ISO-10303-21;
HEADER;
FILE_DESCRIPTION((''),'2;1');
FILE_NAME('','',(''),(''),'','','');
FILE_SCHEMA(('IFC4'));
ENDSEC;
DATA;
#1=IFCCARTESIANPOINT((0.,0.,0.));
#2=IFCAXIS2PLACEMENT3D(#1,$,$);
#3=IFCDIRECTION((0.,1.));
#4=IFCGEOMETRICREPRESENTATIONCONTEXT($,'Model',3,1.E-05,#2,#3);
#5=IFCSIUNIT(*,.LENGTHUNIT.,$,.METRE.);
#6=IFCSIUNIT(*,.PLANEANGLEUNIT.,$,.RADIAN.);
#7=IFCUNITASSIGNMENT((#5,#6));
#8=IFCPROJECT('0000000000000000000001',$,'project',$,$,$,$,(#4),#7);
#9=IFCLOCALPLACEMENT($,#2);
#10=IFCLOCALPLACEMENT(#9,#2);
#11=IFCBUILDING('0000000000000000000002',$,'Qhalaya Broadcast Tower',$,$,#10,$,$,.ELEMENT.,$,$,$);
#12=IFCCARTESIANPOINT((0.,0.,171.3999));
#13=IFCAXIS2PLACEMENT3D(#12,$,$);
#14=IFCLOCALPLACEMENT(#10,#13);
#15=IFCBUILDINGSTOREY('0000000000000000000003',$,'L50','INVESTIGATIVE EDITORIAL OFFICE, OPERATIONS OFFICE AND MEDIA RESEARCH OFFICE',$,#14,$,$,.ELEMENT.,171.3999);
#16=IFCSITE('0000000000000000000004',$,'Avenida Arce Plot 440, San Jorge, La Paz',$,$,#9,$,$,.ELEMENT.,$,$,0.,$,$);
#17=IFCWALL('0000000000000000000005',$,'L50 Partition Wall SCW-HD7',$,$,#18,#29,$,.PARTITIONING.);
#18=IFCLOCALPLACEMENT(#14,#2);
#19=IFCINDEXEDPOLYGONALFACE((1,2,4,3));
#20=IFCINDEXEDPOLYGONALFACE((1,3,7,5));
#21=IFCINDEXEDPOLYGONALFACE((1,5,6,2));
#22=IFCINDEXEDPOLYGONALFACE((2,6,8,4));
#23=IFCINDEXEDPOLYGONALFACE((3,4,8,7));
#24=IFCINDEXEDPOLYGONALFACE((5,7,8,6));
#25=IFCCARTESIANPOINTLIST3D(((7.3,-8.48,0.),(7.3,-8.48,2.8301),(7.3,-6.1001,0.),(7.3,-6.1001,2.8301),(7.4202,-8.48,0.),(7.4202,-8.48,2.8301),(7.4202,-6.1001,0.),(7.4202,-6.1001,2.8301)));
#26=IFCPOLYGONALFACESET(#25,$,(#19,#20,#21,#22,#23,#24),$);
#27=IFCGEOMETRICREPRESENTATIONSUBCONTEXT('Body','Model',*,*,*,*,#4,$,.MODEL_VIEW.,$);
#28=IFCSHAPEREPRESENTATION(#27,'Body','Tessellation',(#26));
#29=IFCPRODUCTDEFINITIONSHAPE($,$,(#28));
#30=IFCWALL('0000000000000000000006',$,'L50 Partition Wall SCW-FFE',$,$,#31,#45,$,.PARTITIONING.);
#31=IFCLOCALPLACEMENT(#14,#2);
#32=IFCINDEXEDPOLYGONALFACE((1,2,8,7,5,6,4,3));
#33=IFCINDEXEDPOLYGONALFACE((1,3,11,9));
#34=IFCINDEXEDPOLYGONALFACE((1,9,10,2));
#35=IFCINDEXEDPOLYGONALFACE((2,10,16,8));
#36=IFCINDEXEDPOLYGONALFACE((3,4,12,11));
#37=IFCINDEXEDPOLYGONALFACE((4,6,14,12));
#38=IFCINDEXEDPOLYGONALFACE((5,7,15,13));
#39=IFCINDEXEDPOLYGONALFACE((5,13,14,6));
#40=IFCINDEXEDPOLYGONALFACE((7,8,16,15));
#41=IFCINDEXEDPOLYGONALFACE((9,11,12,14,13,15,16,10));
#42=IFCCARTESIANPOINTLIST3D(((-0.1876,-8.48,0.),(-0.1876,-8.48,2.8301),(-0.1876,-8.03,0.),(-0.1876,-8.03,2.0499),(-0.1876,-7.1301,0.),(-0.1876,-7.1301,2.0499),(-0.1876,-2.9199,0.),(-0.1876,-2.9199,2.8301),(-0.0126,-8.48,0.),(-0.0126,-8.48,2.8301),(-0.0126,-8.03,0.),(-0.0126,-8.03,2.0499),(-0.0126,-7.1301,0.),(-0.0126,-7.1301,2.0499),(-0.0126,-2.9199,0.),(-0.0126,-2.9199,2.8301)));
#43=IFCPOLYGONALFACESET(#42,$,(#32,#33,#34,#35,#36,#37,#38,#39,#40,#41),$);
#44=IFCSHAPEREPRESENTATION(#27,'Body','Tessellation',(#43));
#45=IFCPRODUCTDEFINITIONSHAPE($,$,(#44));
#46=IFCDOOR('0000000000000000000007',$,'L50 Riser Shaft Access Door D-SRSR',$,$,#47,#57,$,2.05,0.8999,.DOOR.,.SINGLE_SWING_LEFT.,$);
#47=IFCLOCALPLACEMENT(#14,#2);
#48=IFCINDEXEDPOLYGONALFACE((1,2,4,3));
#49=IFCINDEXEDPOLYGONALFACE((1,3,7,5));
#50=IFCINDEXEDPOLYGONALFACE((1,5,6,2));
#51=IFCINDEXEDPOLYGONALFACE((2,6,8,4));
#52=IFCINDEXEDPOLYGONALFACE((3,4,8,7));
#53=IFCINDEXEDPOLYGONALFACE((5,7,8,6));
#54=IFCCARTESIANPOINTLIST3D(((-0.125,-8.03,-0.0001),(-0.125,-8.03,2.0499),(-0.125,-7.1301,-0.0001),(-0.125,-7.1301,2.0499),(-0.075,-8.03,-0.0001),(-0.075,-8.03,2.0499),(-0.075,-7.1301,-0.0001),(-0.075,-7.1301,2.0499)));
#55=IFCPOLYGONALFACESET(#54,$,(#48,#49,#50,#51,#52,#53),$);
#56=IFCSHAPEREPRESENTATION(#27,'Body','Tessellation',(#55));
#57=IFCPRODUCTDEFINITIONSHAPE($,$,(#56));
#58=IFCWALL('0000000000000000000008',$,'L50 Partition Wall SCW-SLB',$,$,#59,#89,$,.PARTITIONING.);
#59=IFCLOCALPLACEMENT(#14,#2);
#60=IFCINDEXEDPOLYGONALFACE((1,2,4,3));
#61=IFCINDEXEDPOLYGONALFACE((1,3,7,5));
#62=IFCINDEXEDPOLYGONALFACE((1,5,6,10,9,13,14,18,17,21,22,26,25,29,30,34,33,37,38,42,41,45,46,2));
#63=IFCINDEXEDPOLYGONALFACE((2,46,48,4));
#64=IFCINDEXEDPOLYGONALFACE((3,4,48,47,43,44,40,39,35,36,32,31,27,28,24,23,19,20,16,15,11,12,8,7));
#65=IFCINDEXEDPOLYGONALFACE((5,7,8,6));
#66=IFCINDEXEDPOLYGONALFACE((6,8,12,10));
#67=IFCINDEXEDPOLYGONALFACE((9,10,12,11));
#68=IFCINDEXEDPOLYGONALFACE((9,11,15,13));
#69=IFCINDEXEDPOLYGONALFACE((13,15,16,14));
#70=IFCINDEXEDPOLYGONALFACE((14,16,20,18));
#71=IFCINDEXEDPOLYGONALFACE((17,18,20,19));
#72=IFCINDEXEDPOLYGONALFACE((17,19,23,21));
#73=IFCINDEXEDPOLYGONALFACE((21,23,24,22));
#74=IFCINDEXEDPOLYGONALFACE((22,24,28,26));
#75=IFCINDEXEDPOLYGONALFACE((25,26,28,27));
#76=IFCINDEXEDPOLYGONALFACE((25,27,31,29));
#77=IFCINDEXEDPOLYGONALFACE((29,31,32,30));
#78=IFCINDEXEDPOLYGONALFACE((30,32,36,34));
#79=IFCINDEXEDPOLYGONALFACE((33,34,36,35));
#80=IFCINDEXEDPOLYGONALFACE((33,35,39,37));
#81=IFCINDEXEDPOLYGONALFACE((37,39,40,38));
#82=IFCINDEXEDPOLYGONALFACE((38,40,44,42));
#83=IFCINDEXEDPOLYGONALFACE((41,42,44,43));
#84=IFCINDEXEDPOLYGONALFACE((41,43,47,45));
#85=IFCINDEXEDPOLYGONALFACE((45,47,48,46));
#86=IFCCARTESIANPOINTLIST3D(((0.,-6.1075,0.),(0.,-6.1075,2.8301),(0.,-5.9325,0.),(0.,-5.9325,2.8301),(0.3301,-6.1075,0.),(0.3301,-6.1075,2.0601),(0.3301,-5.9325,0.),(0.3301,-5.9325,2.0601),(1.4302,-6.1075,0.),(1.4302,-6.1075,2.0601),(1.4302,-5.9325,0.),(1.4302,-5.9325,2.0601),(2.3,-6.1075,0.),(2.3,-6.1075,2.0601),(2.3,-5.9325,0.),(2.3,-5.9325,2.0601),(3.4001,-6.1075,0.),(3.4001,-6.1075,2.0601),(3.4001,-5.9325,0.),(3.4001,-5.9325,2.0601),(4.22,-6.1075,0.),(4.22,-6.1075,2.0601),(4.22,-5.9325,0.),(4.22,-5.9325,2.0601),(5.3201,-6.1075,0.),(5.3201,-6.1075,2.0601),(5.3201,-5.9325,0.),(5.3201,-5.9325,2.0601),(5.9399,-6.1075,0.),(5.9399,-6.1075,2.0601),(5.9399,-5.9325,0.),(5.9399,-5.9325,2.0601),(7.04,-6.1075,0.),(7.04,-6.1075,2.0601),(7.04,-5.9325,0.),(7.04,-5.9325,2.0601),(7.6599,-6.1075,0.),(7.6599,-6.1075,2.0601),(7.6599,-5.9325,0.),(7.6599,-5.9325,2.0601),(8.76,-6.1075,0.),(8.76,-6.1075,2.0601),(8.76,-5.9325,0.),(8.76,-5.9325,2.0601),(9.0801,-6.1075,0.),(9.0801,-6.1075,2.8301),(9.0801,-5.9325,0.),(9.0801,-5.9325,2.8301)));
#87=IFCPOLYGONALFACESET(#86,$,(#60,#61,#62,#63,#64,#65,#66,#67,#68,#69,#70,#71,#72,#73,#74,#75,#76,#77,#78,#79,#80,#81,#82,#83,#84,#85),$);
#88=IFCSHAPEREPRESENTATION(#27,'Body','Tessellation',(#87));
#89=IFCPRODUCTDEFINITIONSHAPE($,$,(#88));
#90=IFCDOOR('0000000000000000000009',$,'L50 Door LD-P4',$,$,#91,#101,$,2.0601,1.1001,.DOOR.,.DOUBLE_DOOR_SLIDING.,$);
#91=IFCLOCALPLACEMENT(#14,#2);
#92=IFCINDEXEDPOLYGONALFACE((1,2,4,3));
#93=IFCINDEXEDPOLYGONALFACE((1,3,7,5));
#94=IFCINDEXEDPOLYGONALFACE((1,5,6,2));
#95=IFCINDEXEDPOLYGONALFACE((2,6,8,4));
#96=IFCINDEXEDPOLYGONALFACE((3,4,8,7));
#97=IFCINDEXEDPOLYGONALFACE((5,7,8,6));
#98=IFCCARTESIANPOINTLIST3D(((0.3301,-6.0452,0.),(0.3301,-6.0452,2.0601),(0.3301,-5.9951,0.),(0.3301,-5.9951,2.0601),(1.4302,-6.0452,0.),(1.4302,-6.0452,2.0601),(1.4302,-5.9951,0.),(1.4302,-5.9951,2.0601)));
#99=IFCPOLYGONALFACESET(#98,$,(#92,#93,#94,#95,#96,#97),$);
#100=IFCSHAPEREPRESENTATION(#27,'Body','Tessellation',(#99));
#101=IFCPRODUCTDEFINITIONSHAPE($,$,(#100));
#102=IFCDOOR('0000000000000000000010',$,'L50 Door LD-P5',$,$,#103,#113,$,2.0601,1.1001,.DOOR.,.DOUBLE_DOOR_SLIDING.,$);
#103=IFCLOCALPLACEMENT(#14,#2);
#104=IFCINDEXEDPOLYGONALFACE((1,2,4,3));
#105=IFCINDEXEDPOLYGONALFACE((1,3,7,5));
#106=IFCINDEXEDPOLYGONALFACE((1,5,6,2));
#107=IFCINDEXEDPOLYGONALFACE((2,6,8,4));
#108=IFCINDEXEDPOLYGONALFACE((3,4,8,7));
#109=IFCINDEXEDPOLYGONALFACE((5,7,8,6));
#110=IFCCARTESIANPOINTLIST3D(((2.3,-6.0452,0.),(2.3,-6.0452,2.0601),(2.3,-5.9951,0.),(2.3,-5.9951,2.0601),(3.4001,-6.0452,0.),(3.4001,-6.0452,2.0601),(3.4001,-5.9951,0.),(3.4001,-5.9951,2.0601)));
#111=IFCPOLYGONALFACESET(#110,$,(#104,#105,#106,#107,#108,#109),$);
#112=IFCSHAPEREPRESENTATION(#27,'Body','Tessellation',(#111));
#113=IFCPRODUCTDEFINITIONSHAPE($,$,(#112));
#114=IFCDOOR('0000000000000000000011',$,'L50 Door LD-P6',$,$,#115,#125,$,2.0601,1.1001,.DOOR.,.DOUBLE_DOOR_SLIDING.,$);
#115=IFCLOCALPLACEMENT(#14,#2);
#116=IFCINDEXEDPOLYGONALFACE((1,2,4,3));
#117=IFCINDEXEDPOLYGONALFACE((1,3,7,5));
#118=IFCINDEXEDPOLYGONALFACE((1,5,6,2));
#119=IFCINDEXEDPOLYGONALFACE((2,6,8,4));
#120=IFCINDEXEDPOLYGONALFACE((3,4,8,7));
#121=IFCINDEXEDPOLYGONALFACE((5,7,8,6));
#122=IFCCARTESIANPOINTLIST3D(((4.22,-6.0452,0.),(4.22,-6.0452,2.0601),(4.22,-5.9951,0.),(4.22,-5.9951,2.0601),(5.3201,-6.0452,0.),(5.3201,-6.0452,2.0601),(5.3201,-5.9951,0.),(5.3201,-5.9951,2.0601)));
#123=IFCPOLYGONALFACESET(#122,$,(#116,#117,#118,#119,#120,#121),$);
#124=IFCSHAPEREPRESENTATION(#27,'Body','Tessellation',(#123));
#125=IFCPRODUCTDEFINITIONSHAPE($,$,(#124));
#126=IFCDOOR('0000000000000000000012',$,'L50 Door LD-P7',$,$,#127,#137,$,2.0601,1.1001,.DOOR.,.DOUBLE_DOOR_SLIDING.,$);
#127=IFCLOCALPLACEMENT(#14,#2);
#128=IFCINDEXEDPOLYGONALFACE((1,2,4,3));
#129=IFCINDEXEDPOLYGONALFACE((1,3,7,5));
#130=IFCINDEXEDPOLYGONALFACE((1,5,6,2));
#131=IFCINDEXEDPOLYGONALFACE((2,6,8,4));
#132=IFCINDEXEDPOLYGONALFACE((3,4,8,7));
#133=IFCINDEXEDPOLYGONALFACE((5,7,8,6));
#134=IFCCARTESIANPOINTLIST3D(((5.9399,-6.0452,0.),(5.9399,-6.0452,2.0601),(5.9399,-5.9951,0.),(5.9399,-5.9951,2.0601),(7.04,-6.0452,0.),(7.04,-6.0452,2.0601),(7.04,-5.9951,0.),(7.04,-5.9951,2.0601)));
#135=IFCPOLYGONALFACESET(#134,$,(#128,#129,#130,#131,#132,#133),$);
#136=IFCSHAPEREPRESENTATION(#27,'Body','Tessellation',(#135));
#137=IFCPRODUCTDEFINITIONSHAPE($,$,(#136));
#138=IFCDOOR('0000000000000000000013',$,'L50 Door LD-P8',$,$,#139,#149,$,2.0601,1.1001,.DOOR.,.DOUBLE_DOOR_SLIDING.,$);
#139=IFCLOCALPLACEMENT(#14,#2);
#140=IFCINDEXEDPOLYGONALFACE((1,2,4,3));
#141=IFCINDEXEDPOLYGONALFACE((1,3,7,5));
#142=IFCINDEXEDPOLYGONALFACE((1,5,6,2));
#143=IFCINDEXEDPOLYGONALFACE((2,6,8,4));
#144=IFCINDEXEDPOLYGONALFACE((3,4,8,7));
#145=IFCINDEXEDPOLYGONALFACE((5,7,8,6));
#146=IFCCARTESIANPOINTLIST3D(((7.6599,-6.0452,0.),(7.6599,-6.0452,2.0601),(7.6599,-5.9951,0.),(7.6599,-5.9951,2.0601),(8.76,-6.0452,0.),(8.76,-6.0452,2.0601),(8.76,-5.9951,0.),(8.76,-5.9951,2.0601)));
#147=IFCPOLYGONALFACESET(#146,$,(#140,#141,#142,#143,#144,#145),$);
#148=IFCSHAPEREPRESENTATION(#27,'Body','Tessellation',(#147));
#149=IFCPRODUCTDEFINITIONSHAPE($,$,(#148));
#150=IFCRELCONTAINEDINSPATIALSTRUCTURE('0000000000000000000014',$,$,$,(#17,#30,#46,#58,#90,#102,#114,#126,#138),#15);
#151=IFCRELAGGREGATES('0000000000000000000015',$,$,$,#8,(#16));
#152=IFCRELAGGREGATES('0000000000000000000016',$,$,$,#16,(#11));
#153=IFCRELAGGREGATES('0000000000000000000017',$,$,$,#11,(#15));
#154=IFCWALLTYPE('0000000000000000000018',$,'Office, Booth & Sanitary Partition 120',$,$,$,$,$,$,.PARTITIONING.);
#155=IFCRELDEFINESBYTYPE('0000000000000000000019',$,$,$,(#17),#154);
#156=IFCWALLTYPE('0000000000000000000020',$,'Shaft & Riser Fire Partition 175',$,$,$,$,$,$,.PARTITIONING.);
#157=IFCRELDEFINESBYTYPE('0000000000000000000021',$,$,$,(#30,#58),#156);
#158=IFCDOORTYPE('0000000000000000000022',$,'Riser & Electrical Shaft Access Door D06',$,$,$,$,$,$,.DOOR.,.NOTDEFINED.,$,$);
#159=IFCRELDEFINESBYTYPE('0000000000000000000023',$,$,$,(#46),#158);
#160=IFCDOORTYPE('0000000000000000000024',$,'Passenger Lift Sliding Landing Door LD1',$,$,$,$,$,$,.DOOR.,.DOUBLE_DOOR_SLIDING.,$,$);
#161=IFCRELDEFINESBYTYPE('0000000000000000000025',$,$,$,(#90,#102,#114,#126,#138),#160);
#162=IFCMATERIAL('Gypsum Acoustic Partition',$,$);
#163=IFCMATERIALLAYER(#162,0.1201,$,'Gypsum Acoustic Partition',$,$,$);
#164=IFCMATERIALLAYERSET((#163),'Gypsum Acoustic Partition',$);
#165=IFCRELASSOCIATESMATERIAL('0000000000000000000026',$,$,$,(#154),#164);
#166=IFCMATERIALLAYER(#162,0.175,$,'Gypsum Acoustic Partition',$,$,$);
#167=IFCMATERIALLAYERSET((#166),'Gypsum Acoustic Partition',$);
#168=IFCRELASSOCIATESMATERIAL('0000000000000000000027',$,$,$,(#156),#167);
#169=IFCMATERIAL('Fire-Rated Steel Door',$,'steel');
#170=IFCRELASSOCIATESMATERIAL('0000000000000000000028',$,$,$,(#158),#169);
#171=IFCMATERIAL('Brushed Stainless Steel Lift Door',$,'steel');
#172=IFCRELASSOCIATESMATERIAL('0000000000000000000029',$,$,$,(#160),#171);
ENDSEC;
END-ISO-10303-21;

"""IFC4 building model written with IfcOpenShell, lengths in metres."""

from ifc_helpers import new_model, si_unit, direction, frame, frame_2d, origin, place, context, subcontext, project, spatial, rectangle, extrude, material, layer, layer_set, type_object, element, fill, save


model = new_model("IFC4")

# Units and contexts
model_context = context("Model", 3, precision=1e-05, world=origin(), true_north=direction((0.0, 1.0)))
body_context = subcontext(model_context, "Body", "Model", "MODEL_VIEW")
ifc_project = project(units=[si_unit("LENGTHUNIT", "METRE"), si_unit("PLANEANGLEUNIT", "RADIAN")], contexts=[model_context])

# Site, building, storey
site_placement = place(None, origin())
site = spatial("IfcSite", under=ifc_project, at=site_placement, Name="Avenida Arce Plot 440, San Jorge, La Paz", CompositionType="ELEMENT", RefElevation=0.0)
building_placement = place(site_placement, origin())
building = spatial("IfcBuilding", under=site, at=building_placement, Name="Qhalaya Broadcast Tower", CompositionType="ELEMENT")
storey_placement = place(building_placement, frame((0.0, 0.0, 171.3999)))
storey = spatial("IfcBuildingStorey", under=building, at=storey_placement, Name="L50", Description="INVESTIGATIVE EDITORIAL OFFICE, OPERATIONS OFFICE AND MEDIA RESEARCH OFFICE", CompositionType="ELEMENT", Elevation=171.3999)

# Shared definitions
ifc_material_1 = material(Name="Gypsum Acoustic Partition")

# Wall
ifc_layer_1 = layer(ifc_material_1, 0.1201, Name="Gypsum Acoustic Partition")
ifc_layer_set_1 = layer_set([ifc_layer_1], Name="Gypsum Acoustic Partition")
wall_type_1 = type_object("IfcWallType", Name="Office, Booth & Sanitary Partition 120", PredefinedType="PARTITIONING", material=ifc_layer_set_1)
for number, where, z_axis, x_axis, name in (
    (1, (7.3601, -8.48, 0.0), (0.0, 0.0, 1.0), (0.0, 1.0, 0.0), "L50 Partition Wall SCW-HD7"),
):
    element("IfcWall", number, at=place(storey_placement, frame(where, z_axis=z_axis, x_axis=x_axis)), inside=storey, type_object=wall_type_1, Name=name, PredefinedType="PARTITIONING", context=body_context, shape_type="SweptSolid", body=[
        extrude(rectangle(XDim=2.3799, YDim=0.1201, at=frame_2d((1.1899, 0.0))), origin(), (0.0, 0.0, 1.0), 2.8301),
    ])

# Wall, opening, door
ifc_layer_2 = layer(ifc_material_1, 0.175, Name="Gypsum Acoustic Partition")
ifc_layer_set_2 = layer_set([ifc_layer_2], Name="Gypsum Acoustic Partition")
wall_type_2 = type_object("IfcWallType", Name="Shaft & Riser Fire Partition 175", PredefinedType="PARTITIONING", material=ifc_layer_set_2)
wall_1_placement = place(storey_placement, frame((-0.1001, -8.48, 0.0), z_axis=(0.0, 0.0, 1.0), x_axis=(0.0, 1.0, 0.0)))
wall_1 = element("IfcWall", 2, at=wall_1_placement, inside=storey, type_object=wall_type_2, Name="L50 Partition Wall SCW-FFE", PredefinedType="PARTITIONING", context=body_context, shape_type="SweptSolid", body=[
    extrude(rectangle(XDim=5.5601, YDim=0.175, at=frame_2d((2.78, 0.0))), origin(), (0.0, 0.0, 1.0), 2.8301),
])
opening_1_placement = place(wall_1_placement, frame((0.45, 0.0, 0.0)))
opening_1 = element("IfcOpeningElement", 3, at=opening_1_placement, cuts=wall_1, PredefinedType="OPENING", context=body_context, shape_type="SweptSolid", body=[
    extrude(rectangle(XDim=0.8999, YDim=2.05, at=frame_2d((0.45, 1.0249))), frame((0.0, 0.0996, 0.0), z_axis=(0.0, -1.0, 0.0), x_axis=(1.0, 0.0, 0.0)), (0.0, 0.0, 1.0), 0.199),
])
ifc_material_2 = material(Name="Fire-Rated Steel Door", Category="steel")
door_type_1 = type_object("IfcDoorType", Name="Riser & Electrical Shaft Access Door D06", OperationType="NOTDEFINED", PredefinedType="DOOR", material=ifc_material_2)
door_1_placement = place(opening_1_placement, origin())
door_1 = element("IfcDoor", 4, at=door_1_placement, inside=storey, type_object=door_type_1, Name="L50 Riser Shaft Access Door D-SRSR", OperationType="SINGLE_SWING_LEFT", OverallHeight=2.05, OverallWidth=0.8999, PredefinedType="DOOR", context=body_context, shape_type="SweptSolid", body=[
    extrude(rectangle(XDim=0.8999, YDim=2.05, at=frame_2d((0.45, 1.0249))), frame((0.0, 0.0249, 0.0), z_axis=(0.0, -1.0, 0.0), x_axis=(1.0, 0.0, 0.0)), (0.0, 0.0, 1.0), 0.05),
])
fill(opening_1, door_1)

# Wall, openings, doors
wall_2_placement = place(storey_placement, frame((0.0, -6.02, 0.0), z_axis=(0.0, 0.0, 1.0), x_axis=(1.0, 0.0, 0.0)))
wall_2 = element("IfcWall", 5, at=wall_2_placement, inside=storey, type_object=wall_type_2, Name="L50 Partition Wall SCW-SLB", PredefinedType="PARTITIONING", context=body_context, shape_type="SweptSolid", body=[
    extrude(rectangle(XDim=9.0801, YDim=0.175, at=frame_2d((4.54, 0.0))), origin(), (0.0, 0.0, 1.0), 2.8301),
])
opening_2_placement = place(wall_2_placement, frame((0.3301, 0.0, 0.0)))
opening_2 = element("IfcOpeningElement", 6, at=opening_2_placement, cuts=wall_2, PredefinedType="OPENING", context=body_context, shape_type="SweptSolid", body=[
    extrude(rectangle(XDim=1.1001, YDim=2.0601, at=frame_2d((0.55, 1.03))), frame((0.0, 0.0996, 0.0), z_axis=(0.0, -1.0, 0.0), x_axis=(1.0, 0.0, 0.0)), (0.0, 0.0, 1.0), 0.199),
])
opening_3_placement = place(wall_2_placement, frame((2.3, 0.0, 0.0)))
opening_3 = element("IfcOpeningElement", 7, at=opening_3_placement, cuts=wall_2, PredefinedType="OPENING", context=body_context, shape_type="SweptSolid", body=[
    extrude(rectangle(XDim=1.1001, YDim=2.0601, at=frame_2d((0.55, 1.03))), frame((0.0, 0.0996, 0.0), z_axis=(0.0, -1.0, 0.0), x_axis=(1.0, 0.0, 0.0)), (0.0, 0.0, 1.0), 0.199),
])
opening_4_placement = place(wall_2_placement, frame((4.22, 0.0, 0.0)))
opening_4 = element("IfcOpeningElement", 8, at=opening_4_placement, cuts=wall_2, PredefinedType="OPENING", context=body_context, shape_type="SweptSolid", body=[
    extrude(rectangle(XDim=1.1001, YDim=2.0601, at=frame_2d((0.55, 1.03))), frame((0.0, 0.0996, 0.0), z_axis=(0.0, -1.0, 0.0), x_axis=(1.0, 0.0, 0.0)), (0.0, 0.0, 1.0), 0.199),
])
opening_5_placement = place(wall_2_placement, frame((5.9399, 0.0, 0.0)))
opening_5 = element("IfcOpeningElement", 9, at=opening_5_placement, cuts=wall_2, PredefinedType="OPENING", context=body_context, shape_type="SweptSolid", body=[
    extrude(rectangle(XDim=1.1001, YDim=2.0601, at=frame_2d((0.55, 1.03))), frame((0.0, 0.0996, 0.0), z_axis=(0.0, -1.0, 0.0), x_axis=(1.0, 0.0, 0.0)), (0.0, 0.0, 1.0), 0.199),
])
opening_6_placement = place(wall_2_placement, frame((7.6599, 0.0, 0.0)))
opening_6 = element("IfcOpeningElement", 10, at=opening_6_placement, cuts=wall_2, PredefinedType="OPENING", context=body_context, shape_type="SweptSolid", body=[
    extrude(rectangle(XDim=1.1001, YDim=2.0601, at=frame_2d((0.55, 1.03))), frame((0.0, 0.0996, 0.0), z_axis=(0.0, -1.0, 0.0), x_axis=(1.0, 0.0, 0.0)), (0.0, 0.0, 1.0), 0.199),
])
ifc_material_3 = material(Name="Brushed Stainless Steel Lift Door", Category="steel")
door_type_2 = type_object("IfcDoorType", Name="Passenger Lift Sliding Landing Door LD1", OperationType="DOUBLE_DOOR_SLIDING", PredefinedType="DOOR", material=ifc_material_3)
door_2_placement = place(opening_2_placement, origin())
door_2 = element("IfcDoor", 11, at=door_2_placement, inside=storey, type_object=door_type_2, Name="L50 Door LD-P4", OperationType="DOUBLE_DOOR_SLIDING", OverallHeight=2.0601, OverallWidth=1.1001, PredefinedType="DOOR", context=body_context, shape_type="SweptSolid", body=[
    extrude(rectangle(XDim=1.1001, YDim=2.0601, at=frame_2d((0.55, 1.03))), frame((0.0, 0.0249, 0.0), z_axis=(0.0, -1.0, 0.0), x_axis=(1.0, 0.0, 0.0)), (0.0, 0.0, 1.0), 0.05),
])
fill(opening_2, door_2)
door_3_placement = place(opening_3_placement, origin())
door_3 = element("IfcDoor", 12, at=door_3_placement, inside=storey, type_object=door_type_2, Name="L50 Door LD-P5", OperationType="DOUBLE_DOOR_SLIDING", OverallHeight=2.0601, OverallWidth=1.1001, PredefinedType="DOOR", context=body_context, shape_type="SweptSolid", body=[
    extrude(rectangle(XDim=1.1001, YDim=2.0601, at=frame_2d((0.55, 1.03))), frame((0.0, 0.0249, 0.0), z_axis=(0.0, -1.0, 0.0), x_axis=(1.0, 0.0, 0.0)), (0.0, 0.0, 1.0), 0.05),
])
fill(opening_3, door_3)
door_4_placement = place(opening_4_placement, origin())
door_4 = element("IfcDoor", 13, at=door_4_placement, inside=storey, type_object=door_type_2, Name="L50 Door LD-P6", OperationType="DOUBLE_DOOR_SLIDING", OverallHeight=2.0601, OverallWidth=1.1001, PredefinedType="DOOR", context=body_context, shape_type="SweptSolid", body=[
    extrude(rectangle(XDim=1.1001, YDim=2.0601, at=frame_2d((0.55, 1.03))), frame((0.0, 0.0249, 0.0), z_axis=(0.0, -1.0, 0.0), x_axis=(1.0, 0.0, 0.0)), (0.0, 0.0, 1.0), 0.05),
])
fill(opening_4, door_4)
door_5_placement = place(opening_5_placement, origin())
door_5 = element("IfcDoor", 14, at=door_5_placement, inside=storey, type_object=door_type_2, Name="L50 Door LD-P7", OperationType="DOUBLE_DOOR_SLIDING", OverallHeight=2.0601, OverallWidth=1.1001, PredefinedType="DOOR", context=body_context, shape_type="SweptSolid", body=[
    extrude(rectangle(XDim=1.1001, YDim=2.0601, at=frame_2d((0.55, 1.03))), frame((0.0, 0.0249, 0.0), z_axis=(0.0, -1.0, 0.0), x_axis=(1.0, 0.0, 0.0)), (0.0, 0.0, 1.0), 0.05),
])
fill(opening_5, door_5)
door_6_placement = place(opening_6_placement, origin())
door_6 = element("IfcDoor", 15, at=door_6_placement, inside=storey, type_object=door_type_2, Name="L50 Door LD-P8", OperationType="DOUBLE_DOOR_SLIDING", OverallHeight=2.0601, OverallWidth=1.1001, PredefinedType="DOOR", context=body_context, shape_type="SweptSolid", body=[
    extrude(rectangle(XDim=1.1001, YDim=2.0601, at=frame_2d((0.55, 1.03))), frame((0.0, 0.0249, 0.0), z_axis=(0.0, -1.0, 0.0), x_axis=(1.0, 0.0, 0.0)), (0.0, 0.0, 1.0), 0.05),
])
fill(opening_6, door_6)

save(model, "model.ifc")
